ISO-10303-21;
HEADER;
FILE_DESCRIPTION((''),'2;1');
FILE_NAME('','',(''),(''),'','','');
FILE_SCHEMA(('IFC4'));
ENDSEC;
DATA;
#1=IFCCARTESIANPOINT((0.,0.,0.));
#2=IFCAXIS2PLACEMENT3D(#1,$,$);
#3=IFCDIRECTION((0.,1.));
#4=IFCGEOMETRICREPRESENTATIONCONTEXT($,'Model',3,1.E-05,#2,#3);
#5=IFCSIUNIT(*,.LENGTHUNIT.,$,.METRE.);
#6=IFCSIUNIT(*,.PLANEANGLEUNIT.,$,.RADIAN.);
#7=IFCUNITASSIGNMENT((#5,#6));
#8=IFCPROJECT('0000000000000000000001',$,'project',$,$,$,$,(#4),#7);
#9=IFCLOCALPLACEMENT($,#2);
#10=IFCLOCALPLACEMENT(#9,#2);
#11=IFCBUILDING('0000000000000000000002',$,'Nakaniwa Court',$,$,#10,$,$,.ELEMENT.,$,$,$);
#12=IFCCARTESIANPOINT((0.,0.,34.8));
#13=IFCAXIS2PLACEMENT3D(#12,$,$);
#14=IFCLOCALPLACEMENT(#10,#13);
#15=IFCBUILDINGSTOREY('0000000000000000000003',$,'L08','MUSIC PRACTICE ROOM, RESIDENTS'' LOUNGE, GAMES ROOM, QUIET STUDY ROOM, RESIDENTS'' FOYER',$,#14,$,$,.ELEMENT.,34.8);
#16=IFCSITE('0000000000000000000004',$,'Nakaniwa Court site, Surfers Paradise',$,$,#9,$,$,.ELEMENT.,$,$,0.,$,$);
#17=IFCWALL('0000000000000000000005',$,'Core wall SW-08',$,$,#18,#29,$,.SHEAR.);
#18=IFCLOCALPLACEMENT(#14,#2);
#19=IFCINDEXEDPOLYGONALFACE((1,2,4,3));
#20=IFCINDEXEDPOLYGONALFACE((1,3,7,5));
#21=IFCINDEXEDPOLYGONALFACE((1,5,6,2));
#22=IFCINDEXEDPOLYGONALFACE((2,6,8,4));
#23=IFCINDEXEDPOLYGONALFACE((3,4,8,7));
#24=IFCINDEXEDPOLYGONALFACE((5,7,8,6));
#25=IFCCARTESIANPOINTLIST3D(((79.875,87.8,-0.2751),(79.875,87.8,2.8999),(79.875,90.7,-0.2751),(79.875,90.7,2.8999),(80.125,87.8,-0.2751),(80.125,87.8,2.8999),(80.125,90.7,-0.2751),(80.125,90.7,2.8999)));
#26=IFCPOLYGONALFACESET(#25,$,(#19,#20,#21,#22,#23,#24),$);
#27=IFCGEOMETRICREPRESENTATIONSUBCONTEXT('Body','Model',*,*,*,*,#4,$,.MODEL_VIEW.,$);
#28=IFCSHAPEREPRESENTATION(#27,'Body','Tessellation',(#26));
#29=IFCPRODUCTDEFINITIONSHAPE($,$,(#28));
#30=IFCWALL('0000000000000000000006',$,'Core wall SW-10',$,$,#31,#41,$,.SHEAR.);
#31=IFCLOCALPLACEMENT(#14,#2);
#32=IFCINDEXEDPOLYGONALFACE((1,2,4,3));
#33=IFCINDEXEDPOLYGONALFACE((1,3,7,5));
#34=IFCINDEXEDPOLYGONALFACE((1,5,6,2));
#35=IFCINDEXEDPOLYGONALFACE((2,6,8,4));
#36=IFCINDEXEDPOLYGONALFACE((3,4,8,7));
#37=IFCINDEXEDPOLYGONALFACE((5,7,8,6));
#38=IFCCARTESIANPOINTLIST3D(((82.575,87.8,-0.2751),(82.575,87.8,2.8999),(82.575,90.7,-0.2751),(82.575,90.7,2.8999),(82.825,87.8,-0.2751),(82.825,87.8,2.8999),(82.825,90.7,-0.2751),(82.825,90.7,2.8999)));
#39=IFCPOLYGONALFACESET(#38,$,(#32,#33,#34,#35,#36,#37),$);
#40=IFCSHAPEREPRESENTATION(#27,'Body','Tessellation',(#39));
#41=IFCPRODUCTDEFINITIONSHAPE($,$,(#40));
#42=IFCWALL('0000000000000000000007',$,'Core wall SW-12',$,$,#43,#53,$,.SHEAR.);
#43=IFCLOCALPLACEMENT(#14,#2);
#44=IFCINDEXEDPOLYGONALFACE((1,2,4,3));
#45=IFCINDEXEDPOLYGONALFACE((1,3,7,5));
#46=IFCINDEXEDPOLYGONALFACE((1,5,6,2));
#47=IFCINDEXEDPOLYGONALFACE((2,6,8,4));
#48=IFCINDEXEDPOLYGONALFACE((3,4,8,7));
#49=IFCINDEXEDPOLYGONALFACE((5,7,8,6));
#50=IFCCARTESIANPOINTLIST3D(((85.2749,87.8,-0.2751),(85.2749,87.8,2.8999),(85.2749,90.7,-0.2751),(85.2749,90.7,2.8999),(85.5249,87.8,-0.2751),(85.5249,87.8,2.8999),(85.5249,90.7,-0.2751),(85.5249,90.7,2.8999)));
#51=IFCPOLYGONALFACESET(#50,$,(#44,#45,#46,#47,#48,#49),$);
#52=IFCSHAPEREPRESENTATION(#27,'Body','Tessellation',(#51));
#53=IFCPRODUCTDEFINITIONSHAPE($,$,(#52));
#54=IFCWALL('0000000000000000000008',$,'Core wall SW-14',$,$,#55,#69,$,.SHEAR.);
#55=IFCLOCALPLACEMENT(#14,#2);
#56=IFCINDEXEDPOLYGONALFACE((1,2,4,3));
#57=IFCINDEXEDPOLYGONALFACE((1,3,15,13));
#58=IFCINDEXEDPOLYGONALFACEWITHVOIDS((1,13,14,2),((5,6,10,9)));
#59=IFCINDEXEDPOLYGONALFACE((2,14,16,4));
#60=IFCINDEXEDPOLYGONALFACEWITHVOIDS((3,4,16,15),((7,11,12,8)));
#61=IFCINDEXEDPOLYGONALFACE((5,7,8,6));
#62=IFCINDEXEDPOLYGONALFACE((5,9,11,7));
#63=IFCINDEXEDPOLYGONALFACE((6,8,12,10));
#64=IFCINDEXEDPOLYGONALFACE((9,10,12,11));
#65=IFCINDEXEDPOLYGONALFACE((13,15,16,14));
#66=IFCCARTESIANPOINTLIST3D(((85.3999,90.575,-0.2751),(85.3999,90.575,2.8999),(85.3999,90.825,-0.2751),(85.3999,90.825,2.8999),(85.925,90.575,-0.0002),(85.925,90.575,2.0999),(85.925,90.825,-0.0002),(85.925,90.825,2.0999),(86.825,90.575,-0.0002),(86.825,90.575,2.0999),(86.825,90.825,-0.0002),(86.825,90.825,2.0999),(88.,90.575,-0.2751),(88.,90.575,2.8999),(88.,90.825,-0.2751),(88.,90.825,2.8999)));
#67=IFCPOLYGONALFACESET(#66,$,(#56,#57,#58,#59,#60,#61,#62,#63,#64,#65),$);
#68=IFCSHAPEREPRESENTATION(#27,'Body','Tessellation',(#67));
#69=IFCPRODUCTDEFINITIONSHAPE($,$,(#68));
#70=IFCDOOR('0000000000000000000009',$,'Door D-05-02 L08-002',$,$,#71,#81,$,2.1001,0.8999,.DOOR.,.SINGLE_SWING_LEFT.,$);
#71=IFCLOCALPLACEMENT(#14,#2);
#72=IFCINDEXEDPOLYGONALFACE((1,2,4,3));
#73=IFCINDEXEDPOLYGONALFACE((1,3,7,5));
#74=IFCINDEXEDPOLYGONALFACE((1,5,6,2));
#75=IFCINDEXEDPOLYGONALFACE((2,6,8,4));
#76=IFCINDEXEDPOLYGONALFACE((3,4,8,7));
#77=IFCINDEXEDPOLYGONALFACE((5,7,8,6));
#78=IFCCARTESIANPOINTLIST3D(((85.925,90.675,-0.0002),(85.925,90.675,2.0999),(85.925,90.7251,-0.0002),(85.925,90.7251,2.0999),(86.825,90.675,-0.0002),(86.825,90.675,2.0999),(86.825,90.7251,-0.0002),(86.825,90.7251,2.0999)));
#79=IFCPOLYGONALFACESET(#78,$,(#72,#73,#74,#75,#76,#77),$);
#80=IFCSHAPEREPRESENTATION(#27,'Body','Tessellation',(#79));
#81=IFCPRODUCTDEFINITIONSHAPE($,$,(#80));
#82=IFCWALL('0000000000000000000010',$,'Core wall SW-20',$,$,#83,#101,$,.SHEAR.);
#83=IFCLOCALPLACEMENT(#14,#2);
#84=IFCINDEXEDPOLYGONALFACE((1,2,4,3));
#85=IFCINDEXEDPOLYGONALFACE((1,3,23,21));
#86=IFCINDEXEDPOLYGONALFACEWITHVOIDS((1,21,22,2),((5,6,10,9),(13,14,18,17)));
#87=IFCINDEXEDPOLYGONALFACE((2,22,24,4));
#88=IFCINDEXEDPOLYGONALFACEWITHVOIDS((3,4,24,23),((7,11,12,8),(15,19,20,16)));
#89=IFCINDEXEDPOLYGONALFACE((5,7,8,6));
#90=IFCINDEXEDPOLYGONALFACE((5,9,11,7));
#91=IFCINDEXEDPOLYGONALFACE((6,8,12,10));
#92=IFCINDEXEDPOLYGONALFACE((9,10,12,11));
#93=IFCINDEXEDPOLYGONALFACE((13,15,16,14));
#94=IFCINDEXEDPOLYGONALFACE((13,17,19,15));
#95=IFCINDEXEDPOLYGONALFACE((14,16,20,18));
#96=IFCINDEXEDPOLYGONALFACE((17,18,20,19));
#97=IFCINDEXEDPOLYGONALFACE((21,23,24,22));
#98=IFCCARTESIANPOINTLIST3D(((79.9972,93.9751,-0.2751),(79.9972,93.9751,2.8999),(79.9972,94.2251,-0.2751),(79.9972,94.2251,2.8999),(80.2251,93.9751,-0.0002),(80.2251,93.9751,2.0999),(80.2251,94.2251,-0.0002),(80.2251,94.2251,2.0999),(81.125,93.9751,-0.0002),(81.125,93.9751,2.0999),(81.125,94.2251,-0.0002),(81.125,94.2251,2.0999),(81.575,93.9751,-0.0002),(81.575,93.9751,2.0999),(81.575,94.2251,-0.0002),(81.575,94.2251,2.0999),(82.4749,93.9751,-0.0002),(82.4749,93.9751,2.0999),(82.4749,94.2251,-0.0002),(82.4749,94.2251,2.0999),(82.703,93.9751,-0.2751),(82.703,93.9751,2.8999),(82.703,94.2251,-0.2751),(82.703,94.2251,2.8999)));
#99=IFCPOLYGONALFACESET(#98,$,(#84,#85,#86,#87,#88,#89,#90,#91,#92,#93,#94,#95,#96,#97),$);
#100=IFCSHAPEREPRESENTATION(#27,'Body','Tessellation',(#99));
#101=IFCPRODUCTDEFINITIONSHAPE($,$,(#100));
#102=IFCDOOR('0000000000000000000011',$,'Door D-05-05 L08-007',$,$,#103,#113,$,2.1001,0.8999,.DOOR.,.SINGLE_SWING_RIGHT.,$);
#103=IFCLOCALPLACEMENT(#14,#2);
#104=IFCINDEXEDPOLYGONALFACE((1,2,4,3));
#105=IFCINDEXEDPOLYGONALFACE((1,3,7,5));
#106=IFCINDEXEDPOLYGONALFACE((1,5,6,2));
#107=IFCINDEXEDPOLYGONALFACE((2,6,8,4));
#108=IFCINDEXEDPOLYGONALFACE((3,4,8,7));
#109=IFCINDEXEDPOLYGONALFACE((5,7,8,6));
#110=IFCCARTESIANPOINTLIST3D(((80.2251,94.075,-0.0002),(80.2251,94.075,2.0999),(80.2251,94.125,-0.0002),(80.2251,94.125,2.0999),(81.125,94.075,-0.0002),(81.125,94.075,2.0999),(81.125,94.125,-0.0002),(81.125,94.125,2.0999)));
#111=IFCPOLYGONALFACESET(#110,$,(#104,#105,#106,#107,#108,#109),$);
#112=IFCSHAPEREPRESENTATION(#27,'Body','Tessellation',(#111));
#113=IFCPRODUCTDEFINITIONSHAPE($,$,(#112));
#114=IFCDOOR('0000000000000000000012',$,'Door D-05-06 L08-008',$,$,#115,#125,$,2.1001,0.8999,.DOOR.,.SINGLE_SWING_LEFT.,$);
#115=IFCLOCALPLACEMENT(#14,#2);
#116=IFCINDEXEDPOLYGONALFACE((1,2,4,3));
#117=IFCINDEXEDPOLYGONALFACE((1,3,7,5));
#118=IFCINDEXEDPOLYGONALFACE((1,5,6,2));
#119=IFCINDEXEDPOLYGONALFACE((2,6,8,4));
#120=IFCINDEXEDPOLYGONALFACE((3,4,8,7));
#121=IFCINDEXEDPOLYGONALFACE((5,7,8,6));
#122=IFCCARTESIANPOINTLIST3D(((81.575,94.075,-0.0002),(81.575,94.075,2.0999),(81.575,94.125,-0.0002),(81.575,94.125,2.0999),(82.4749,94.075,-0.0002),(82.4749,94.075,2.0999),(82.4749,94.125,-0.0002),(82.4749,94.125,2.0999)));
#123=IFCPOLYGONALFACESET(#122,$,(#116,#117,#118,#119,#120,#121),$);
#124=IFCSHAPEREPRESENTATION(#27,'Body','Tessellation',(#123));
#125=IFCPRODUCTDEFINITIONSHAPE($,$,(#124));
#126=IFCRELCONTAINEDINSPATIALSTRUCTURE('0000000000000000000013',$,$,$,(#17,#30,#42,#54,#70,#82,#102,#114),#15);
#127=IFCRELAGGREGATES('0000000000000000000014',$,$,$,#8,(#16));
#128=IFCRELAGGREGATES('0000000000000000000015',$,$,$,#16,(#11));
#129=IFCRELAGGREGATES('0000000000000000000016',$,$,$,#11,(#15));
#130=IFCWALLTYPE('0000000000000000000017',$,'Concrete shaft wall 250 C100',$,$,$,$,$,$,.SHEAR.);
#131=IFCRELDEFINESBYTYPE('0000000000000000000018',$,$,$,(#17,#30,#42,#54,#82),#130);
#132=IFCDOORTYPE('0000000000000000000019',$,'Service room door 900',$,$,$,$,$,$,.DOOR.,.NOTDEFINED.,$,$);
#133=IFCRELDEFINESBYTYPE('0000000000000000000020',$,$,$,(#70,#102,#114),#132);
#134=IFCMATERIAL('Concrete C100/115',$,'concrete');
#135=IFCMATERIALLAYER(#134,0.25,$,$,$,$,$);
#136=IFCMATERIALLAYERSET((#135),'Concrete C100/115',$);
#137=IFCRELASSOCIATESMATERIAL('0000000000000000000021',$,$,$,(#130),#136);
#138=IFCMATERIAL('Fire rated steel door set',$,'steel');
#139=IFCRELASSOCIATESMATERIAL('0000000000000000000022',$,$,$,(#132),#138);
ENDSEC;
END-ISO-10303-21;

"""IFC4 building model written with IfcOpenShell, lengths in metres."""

from ifc_helpers import new_model, si_unit, direction, frame, frame_2d, origin, place, context, subcontext, project, spatial, rectangle, extrude, material, layer, layer_set, type_object, element, fill, save


model = new_model("IFC4")

# Units and contexts
model_context = context("Model", 3, precision=1e-05, world=origin(), true_north=direction((0.0, 1.0)))
body_context = subcontext(model_context, "Body", "Model", "MODEL_VIEW")
ifc_project = project(units=[si_unit("LENGTHUNIT", "METRE"), si_unit("PLANEANGLEUNIT", "RADIAN")], contexts=[model_context])

# Site, building, storey
site_placement = place(None, origin())
site = spatial("IfcSite", under=ifc_project, at=site_placement, Name="Nakaniwa Court site, Surfers Paradise", CompositionType="ELEMENT", RefElevation=0.0)
building_placement = place(site_placement, origin())
building = spatial("IfcBuilding", under=site, at=building_placement, Name="Nakaniwa Court", CompositionType="ELEMENT")
storey_placement = place(building_placement, frame((0.0, 0.0, 34.8)))
storey = spatial("IfcBuildingStorey", under=building, at=storey_placement, Name="L08", Description="MUSIC PRACTICE ROOM, RESIDENTS' LOUNGE, GAMES ROOM, QUIET STUDY ROOM, RESIDENTS' FOYER", CompositionType="ELEMENT", Elevation=34.8)

# Shared definitions
ifc_material_1 = material(Name="Concrete C100/115", Category="concrete")

# Walls
ifc_layer_1 = layer(ifc_material_1, 0.25)
ifc_layer_set_1 = layer_set([ifc_layer_1], Name="Concrete C100/115")
wall_type_1 = type_object("IfcWallType", Name="Concrete shaft wall 250 C100", PredefinedType="SHEAR", material=ifc_layer_set_1)
for number, where, z_axis, x_axis, name in (
    (1, (80.0, 87.8, -0.2751), (0.0, 0.0, 1.0), (0.0, 1.0, 0.0), "Core wall SW-08"),
    (2, (82.7, 87.8, -0.2751), (0.0, 0.0, 1.0), (0.0, 1.0, 0.0), "Core wall SW-10"),
    (3, (85.3999, 87.8, -0.2751), (0.0, 0.0, 1.0), (0.0, 1.0, 0.0), "Core wall SW-12"),
):
    element("IfcWall", number, at=place(storey_placement, frame(where, z_axis=z_axis, x_axis=x_axis)), inside=storey, type_object=wall_type_1, Name=name, PredefinedType="SHEAR", context=body_context, shape_type="SweptSolid", body=[
        extrude(rectangle(XDim=2.8999, YDim=0.25, at=frame_2d((1.45, 0.0))), origin(), (0.0, 0.0, 1.0), 3.175),
    ])

# Wall, opening, door
wall_1_placement = place(storey_placement, frame((88.0, 90.7, -0.2751), z_axis=(0.0, 0.0, 1.0), x_axis=(-1.0, 0.0, 0.0)))
wall_1 = element("IfcWall", 4, at=wall_1_placement, inside=storey, type_object=wall_type_1, Name="Core wall SW-14", PredefinedType="SHEAR", context=body_context, shape_type="SweptSolid", body=[
    extrude(rectangle(XDim=2.6001, YDim=0.25, at=frame_2d((1.3, 0.0))), origin(), (0.0, 0.0, 1.0), 3.175),
])
opening_1_placement = place(wall_1_placement, frame((1.175, 0.0, 0.2749)))
opening_1 = element("IfcOpeningElement", 5, at=opening_1_placement, cuts=wall_1, PredefinedType="OPENING", context=body_context, shape_type="SweptSolid", body=[
    extrude(rectangle(XDim=0.8999, YDim=2.1001, at=frame_2d((0.45, 1.05))), frame((0.0, 0.135, 0.0), z_axis=(0.0, -1.0, 0.0), x_axis=(1.0, 0.0, 0.0)), (0.0, 0.0, 1.0), 0.27),
])
ifc_material_2 = material(Name="Fire rated steel door set", Category="steel")
door_type = type_object("IfcDoorType", Name="Service room door 900", OperationType="NOTDEFINED", PredefinedType="DOOR", material=ifc_material_2)
door_1_placement = place(opening_1_placement, origin())
door_1 = element("IfcDoor", 6, at=door_1_placement, inside=storey, type_object=door_type, Name="Door D-05-02 L08-002", OperationType="SINGLE_SWING_LEFT", OverallHeight=2.1001, OverallWidth=0.8999, PredefinedType="DOOR", context=body_context, shape_type="SweptSolid", body=[
    extrude(rectangle(XDim=0.8999, YDim=2.1001, at=frame_2d((0.45, 1.05))), frame((0.0, 0.0249, 0.0), z_axis=(0.0, -1.0, 0.0), x_axis=(1.0, 0.0, 0.0)), (0.0, 0.0, 1.0), 0.05),
])
fill(opening_1, door_1)

# Wall, openings, doors
wall_2_placement = place(storey_placement, frame((79.9971, 94.1001, -0.2751), z_axis=(0.0, 0.0, 1.0), x_axis=(1.0, 0.0, 0.0)))
wall_2 = element("IfcWall", 7, at=wall_2_placement, inside=storey, type_object=wall_type_1, Name="Core wall SW-20", PredefinedType="SHEAR", context=body_context, shape_type="SweptSolid", body=[
    extrude(rectangle(XDim=2.7058, YDim=0.25, at=frame_2d((1.353, 0.0))), origin(), (0.0, 0.0, 1.0), 3.175),
])
opening_2_placement = place(wall_2_placement, frame((0.228, 0.0, 0.2749)))
opening_2 = element("IfcOpeningElement", 8, at=opening_2_placement, cuts=wall_2, PredefinedType="OPENING", context=body_context, shape_type="SweptSolid", body=[
    extrude(rectangle(XDim=0.8999, YDim=2.1001, at=frame_2d((0.45, 1.05))), frame((0.0, 0.135, 0.0), z_axis=(0.0, -1.0, 0.0), x_axis=(1.0, 0.0, 0.0)), (0.0, 0.0, 1.0), 0.27),
])
opening_3_placement = place(wall_2_placement, frame((1.5779, 0.0, 0.2749)))
opening_3 = element("IfcOpeningElement", 9, at=opening_3_placement, cuts=wall_2, PredefinedType="OPENING", context=body_context, shape_type="SweptSolid", body=[
    extrude(rectangle(XDim=0.8999, YDim=2.1001, at=frame_2d((0.45, 1.05))), frame((0.0, 0.135, 0.0), z_axis=(0.0, -1.0, 0.0), x_axis=(1.0, 0.0, 0.0)), (0.0, 0.0, 1.0), 0.27),
])
door_2_placement = place(opening_2_placement, origin())
door_2 = element("IfcDoor", 10, at=door_2_placement, inside=storey, type_object=door_type, Name="Door D-05-05 L08-007", OperationType="SINGLE_SWING_RIGHT", OverallHeight=2.1001, OverallWidth=0.8999, PredefinedType="DOOR", context=body_context, shape_type="SweptSolid", body=[
    extrude(rectangle(XDim=0.8999, YDim=2.1001, at=frame_2d((0.45, 1.05))), frame((0.0, 0.0249, 0.0), z_axis=(0.0, -1.0, 0.0), x_axis=(1.0, 0.0, 0.0)), (0.0, 0.0, 1.0), 0.05),
])
fill(opening_2, door_2)
door_3_placement = place(opening_3_placement, origin())
door_3 = element("IfcDoor", 11, at=door_3_placement, inside=storey, type_object=door_type, Name="Door D-05-06 L08-008", OperationType="SINGLE_SWING_LEFT", OverallHeight=2.1001, OverallWidth=0.8999, PredefinedType="DOOR", context=body_context, shape_type="SweptSolid", body=[
    extrude(rectangle(XDim=0.8999, YDim=2.1001, at=frame_2d((0.45, 1.05))), frame((0.0, 0.0249, 0.0), z_axis=(0.0, -1.0, 0.0), x_axis=(1.0, 0.0, 0.0)), (0.0, 0.0, 1.0), 0.05),
])
fill(opening_3, door_3)

save(model, "model.ifc")
